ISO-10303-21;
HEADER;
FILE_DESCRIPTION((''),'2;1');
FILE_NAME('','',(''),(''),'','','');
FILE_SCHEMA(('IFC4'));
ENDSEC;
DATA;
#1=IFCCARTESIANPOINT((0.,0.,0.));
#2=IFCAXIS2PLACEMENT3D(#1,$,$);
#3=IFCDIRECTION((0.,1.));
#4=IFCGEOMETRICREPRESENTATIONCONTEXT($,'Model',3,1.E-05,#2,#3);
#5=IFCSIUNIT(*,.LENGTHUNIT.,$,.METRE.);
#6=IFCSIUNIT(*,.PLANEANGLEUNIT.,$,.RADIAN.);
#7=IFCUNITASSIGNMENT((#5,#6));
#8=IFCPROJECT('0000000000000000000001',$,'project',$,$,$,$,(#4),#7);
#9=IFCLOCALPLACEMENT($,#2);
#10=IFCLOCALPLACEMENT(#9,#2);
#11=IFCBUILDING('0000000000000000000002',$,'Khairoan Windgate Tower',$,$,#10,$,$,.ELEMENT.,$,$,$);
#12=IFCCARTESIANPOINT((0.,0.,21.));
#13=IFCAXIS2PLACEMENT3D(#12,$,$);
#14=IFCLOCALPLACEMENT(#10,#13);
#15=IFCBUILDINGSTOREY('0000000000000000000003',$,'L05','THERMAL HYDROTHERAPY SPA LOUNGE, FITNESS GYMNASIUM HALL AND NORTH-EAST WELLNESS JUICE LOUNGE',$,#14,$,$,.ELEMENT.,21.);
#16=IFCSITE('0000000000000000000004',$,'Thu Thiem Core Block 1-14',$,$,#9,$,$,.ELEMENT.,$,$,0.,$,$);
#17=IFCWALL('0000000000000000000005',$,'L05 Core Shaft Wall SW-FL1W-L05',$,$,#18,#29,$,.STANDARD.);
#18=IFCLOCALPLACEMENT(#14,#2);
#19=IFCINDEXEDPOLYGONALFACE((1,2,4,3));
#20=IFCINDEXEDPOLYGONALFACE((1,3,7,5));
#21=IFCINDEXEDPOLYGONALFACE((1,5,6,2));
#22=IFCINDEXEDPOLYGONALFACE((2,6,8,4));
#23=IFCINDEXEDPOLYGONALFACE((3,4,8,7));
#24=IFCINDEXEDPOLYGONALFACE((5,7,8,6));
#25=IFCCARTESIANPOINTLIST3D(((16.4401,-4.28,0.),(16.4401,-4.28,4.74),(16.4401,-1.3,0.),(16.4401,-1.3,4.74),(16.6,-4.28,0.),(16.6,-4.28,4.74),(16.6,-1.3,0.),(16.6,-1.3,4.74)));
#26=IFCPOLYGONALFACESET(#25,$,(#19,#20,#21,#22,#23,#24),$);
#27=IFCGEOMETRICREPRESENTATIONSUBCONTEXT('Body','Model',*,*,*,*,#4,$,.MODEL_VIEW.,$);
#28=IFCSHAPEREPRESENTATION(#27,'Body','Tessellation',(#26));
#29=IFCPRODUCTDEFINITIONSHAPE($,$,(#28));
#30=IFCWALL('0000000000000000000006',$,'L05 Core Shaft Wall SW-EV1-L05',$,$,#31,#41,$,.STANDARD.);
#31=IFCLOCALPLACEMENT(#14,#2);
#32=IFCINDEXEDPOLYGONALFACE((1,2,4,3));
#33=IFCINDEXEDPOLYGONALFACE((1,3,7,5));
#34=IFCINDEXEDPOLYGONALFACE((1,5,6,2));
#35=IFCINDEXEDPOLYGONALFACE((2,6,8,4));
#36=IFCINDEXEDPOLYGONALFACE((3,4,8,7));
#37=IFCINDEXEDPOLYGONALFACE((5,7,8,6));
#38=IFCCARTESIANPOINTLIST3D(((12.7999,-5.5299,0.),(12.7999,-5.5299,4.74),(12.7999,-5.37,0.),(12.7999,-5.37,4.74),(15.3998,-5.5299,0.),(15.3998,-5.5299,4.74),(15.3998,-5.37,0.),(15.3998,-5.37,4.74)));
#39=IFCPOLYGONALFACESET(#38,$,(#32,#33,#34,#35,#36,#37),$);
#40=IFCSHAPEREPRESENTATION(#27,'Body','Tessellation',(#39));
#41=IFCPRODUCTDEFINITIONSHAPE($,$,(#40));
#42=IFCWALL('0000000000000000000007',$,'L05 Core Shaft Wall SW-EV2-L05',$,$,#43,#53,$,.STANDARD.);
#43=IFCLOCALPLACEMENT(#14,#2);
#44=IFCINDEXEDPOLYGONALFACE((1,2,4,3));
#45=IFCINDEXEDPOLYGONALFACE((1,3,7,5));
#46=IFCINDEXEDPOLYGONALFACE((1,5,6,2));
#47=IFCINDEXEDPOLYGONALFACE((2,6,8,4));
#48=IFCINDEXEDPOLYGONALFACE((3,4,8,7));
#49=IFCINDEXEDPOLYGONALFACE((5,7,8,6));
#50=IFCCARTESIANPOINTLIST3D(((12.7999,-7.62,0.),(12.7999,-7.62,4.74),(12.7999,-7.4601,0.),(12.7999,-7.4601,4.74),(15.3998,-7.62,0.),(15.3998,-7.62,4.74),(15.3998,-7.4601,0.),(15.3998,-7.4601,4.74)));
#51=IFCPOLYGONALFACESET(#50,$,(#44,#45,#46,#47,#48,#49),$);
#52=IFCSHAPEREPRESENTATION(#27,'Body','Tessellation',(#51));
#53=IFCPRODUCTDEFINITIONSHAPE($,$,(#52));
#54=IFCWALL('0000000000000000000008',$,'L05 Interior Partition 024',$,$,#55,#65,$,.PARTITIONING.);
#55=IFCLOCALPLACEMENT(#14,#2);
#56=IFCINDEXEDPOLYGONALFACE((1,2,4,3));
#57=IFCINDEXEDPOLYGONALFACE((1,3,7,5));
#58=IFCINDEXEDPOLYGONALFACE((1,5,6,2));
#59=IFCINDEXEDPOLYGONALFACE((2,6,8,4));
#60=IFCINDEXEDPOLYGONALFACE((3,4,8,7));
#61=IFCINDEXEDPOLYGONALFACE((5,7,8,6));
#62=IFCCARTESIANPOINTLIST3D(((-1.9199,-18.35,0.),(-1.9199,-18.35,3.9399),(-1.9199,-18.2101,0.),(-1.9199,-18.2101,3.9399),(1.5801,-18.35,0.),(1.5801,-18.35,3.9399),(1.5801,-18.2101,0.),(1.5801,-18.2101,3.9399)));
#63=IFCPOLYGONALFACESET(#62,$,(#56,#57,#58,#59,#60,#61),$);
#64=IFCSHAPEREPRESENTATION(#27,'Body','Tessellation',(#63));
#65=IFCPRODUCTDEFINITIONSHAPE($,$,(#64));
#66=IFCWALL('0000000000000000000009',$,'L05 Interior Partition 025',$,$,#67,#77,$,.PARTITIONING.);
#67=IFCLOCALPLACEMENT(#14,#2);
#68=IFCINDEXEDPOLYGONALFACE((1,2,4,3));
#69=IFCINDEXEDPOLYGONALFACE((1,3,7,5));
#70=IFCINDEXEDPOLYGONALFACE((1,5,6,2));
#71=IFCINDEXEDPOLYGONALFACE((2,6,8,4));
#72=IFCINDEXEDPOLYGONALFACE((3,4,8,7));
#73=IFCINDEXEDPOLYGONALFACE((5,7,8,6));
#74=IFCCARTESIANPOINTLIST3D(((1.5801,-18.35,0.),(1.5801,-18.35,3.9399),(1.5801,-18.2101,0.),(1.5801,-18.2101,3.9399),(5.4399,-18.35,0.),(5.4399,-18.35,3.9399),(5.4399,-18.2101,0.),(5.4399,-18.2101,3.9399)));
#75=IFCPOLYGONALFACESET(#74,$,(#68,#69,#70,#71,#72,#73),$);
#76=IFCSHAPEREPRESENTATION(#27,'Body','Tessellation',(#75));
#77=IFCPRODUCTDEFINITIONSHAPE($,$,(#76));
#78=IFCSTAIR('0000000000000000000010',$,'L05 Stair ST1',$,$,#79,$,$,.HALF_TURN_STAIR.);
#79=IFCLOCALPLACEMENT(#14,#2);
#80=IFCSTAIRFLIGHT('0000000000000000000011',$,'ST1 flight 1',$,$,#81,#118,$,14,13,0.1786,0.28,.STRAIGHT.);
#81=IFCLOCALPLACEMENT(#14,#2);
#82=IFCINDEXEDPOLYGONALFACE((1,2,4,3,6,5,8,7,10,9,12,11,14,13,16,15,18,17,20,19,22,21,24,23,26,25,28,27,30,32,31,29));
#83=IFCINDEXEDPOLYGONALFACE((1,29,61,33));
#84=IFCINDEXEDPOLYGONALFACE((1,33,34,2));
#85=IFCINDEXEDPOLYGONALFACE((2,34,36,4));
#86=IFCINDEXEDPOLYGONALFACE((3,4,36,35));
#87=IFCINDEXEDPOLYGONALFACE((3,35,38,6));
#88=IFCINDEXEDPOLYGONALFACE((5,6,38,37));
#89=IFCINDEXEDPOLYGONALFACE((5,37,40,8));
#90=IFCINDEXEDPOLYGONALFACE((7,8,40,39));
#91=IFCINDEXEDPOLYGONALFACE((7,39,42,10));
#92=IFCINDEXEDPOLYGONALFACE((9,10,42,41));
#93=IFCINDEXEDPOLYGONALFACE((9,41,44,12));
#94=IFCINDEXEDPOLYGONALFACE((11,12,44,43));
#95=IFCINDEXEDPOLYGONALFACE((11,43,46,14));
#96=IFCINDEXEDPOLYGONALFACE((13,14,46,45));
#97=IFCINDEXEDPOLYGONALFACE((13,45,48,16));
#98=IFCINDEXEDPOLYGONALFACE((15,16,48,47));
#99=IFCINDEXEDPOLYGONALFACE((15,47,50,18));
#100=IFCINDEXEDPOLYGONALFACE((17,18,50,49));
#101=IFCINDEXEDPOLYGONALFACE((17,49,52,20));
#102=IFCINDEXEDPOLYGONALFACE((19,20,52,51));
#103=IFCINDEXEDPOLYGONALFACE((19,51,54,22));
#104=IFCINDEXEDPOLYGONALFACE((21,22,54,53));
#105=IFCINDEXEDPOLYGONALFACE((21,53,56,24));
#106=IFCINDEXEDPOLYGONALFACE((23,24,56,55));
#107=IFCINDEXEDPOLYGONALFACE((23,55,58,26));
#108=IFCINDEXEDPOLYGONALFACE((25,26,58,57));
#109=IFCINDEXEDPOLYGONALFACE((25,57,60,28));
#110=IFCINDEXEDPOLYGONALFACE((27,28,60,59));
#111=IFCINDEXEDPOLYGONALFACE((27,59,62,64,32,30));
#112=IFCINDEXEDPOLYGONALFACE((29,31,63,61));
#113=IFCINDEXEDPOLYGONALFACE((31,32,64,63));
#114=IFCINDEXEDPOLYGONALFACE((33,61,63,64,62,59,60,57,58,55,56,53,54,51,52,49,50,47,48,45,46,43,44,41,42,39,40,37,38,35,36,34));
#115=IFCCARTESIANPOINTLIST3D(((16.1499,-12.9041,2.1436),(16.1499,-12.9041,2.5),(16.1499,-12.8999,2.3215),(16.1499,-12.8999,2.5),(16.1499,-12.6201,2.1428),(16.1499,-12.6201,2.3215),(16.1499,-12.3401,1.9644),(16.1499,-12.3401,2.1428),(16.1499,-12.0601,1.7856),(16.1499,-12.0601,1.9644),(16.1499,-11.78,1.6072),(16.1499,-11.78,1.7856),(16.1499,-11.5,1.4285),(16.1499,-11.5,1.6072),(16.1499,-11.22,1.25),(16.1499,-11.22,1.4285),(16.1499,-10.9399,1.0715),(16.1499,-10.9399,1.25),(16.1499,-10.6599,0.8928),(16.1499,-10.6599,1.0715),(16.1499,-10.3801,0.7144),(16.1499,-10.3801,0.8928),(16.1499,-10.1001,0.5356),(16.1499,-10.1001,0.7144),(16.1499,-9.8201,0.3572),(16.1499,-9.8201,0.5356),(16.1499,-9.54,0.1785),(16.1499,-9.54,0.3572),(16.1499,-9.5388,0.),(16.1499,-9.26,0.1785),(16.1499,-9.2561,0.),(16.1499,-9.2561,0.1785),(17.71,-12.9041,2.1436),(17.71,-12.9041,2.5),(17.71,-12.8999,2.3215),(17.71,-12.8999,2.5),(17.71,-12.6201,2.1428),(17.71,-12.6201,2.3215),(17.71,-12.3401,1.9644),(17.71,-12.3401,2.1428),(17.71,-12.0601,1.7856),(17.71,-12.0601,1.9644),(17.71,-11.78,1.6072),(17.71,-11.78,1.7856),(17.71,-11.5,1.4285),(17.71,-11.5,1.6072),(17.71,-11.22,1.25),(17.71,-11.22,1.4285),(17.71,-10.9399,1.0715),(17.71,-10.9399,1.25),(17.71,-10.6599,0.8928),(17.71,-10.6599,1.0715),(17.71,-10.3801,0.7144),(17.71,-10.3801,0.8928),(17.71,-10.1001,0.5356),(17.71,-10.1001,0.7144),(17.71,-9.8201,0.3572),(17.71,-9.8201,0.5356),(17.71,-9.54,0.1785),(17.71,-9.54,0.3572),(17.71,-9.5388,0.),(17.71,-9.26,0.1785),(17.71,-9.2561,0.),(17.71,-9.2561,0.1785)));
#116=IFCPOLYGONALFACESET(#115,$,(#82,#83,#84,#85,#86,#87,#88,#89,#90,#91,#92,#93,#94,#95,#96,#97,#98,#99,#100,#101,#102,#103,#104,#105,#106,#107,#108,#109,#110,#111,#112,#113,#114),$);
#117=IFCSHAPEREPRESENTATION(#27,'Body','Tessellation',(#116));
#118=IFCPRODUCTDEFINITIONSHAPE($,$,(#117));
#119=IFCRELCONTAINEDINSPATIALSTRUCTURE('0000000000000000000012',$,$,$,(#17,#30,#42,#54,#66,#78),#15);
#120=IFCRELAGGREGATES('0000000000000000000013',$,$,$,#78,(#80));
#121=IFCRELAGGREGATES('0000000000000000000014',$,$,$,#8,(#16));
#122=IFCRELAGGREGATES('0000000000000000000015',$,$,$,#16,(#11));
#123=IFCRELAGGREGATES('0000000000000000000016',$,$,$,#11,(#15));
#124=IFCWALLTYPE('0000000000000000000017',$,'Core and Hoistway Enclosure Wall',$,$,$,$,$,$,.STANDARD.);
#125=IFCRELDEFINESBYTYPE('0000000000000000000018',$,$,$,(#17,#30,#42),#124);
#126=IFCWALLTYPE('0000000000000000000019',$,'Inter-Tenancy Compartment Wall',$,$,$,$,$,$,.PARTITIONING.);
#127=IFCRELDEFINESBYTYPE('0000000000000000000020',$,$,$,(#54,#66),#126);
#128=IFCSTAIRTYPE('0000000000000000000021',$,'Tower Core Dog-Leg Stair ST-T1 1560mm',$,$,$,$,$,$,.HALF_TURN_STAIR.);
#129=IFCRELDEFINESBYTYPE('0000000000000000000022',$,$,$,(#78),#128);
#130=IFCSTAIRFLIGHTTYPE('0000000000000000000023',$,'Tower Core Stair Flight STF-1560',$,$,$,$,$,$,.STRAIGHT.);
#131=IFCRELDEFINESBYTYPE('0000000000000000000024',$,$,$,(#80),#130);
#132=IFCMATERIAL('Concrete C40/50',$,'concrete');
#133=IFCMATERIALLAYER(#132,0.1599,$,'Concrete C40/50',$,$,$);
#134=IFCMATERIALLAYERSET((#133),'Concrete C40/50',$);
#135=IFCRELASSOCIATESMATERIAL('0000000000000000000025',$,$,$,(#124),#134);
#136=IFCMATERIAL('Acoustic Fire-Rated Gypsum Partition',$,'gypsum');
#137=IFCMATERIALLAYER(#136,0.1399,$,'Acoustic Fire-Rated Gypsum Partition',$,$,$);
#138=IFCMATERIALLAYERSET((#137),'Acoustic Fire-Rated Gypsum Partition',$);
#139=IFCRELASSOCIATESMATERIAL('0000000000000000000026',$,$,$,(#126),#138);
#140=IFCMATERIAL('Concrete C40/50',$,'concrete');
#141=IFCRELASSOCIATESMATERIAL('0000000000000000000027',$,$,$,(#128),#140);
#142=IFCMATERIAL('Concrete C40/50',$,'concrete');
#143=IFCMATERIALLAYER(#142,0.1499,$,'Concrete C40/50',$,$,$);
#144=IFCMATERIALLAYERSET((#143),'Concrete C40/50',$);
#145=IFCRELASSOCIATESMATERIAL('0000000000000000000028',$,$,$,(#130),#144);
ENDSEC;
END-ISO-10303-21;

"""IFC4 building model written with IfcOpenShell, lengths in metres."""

from ifc_helpers import new_model, si_unit, direction, frame, frame_2d, origin, place, context, subcontext, project, spatial, polyline, rectangle, outline, extrude, material, layer, layer_set, type_object, element, aggregate, save


model = new_model("IFC4")

# Units and contexts
model_context = context("Model", 3, precision=1e-05, world=origin(), true_north=direction((0.0, 1.0)))
body_context = subcontext(model_context, "Body", "Model", "MODEL_VIEW")
ifc_project = project(units=[si_unit("LENGTHUNIT", "METRE"), si_unit("PLANEANGLEUNIT", "RADIAN")], contexts=[model_context])

# Site, building, storey
site_placement = place(None, origin())
site = spatial("IfcSite", under=ifc_project, at=site_placement, Name="Thu Thiem Core Block 1-14", CompositionType="ELEMENT", RefElevation=0.0)
building_placement = place(site_placement, origin())
building = spatial("IfcBuilding", under=site, at=building_placement, Name="Khairoan Windgate Tower", CompositionType="ELEMENT")
storey_placement = place(building_placement, frame((0.0, 0.0, 21.0)))
storey = spatial("IfcBuildingStorey", under=building, at=storey_placement, Name="L05", Description="THERMAL HYDROTHERAPY SPA LOUNGE, FITNESS GYMNASIUM HALL AND NORTH-EAST WELLNESS JUICE LOUNGE", CompositionType="ELEMENT", Elevation=21.0)

# Shared definitions
ifc_material_1 = material(Name="Concrete C40/50", Category="concrete")
ifc_layer_1 = layer(ifc_material_1, 0.1599, Name="Concrete C40/50")
ifc_layer_set_1 = layer_set([ifc_layer_1], Name="Concrete C40/50")
wall_type_1 = type_object("IfcWallType", Name="Core and Hoistway Enclosure Wall", PredefinedType="STANDARD", material=ifc_layer_set_1)

# Walls
wall_1_placement = place(storey_placement, frame((16.52, -4.28, 0.0), z_axis=(0.0, 0.0, 1.0), x_axis=(0.0, 1.0, 0.0)))
element("IfcWall", 1, at=wall_1_placement, inside=storey, type_object=wall_type_1, Name="L05 Core Shaft Wall SW-FL1W-L05", PredefinedType="STANDARD", context=body_context, shape_type="SweptSolid", body=[
    extrude(rectangle(XDim=2.98, YDim=0.1599, at=frame_2d((1.49, 0.0))), origin(), (0.0, 0.0, 1.0), 4.74),
])
for number, where, z_axis, x_axis, name in (
    (2, (12.8, -5.45, 0.0), (0.0, 0.0, 1.0), (1.0, 0.0, 0.0), "L05 Core Shaft Wall SW-EV1-L05"),
    (3, (12.8, -7.54, 0.0), (0.0, 0.0, 1.0), (1.0, 0.0, 0.0), "L05 Core Shaft Wall SW-EV2-L05"),
):
    element("IfcWall", number, at=place(storey_placement, frame(where, z_axis=z_axis, x_axis=x_axis)), inside=storey, type_object=wall_type_1, Name=name, PredefinedType="STANDARD", context=body_context, shape_type="SweptSolid", body=[
        extrude(rectangle(XDim=2.5999, YDim=0.1599, at=frame_2d((1.2998, 0.0))), origin(), (0.0, 0.0, 1.0), 4.74),
    ])
ifc_material_2 = material(Name="Acoustic Fire-Rated Gypsum Partition", Category="gypsum")
ifc_layer_2 = layer(ifc_material_2, 0.1399, Name="Acoustic Fire-Rated Gypsum Partition")
ifc_layer_set_2 = layer_set([ifc_layer_2], Name="Acoustic Fire-Rated Gypsum Partition")
wall_type_2 = type_object("IfcWallType", Name="Inter-Tenancy Compartment Wall", PredefinedType="PARTITIONING", material=ifc_layer_set_2)
wall_2_placement = place(storey_placement, frame((-1.9199, -18.28, 0.0), z_axis=(0.0, 0.0, 1.0), x_axis=(1.0, 0.0, 0.0)))
element("IfcWall", 4, at=wall_2_placement, inside=storey, type_object=wall_type_2, Name="L05 Interior Partition 024", PredefinedType="PARTITIONING", context=body_context, shape_type="SweptSolid", body=[
    extrude(rectangle(XDim=3.5, YDim=0.1399, at=frame_2d((1.75, 0.0))), origin(), (0.0, 0.0, 1.0), 3.9399),
])
wall_3_placement = place(storey_placement, frame((1.5801, -18.28, 0.0), z_axis=(0.0, 0.0, 1.0), x_axis=(1.0, 0.0, 0.0)))
element("IfcWall", 5, at=wall_3_placement, inside=storey, type_object=wall_type_2, Name="L05 Interior Partition 025", PredefinedType="PARTITIONING", context=body_context, shape_type="SweptSolid", body=[
    extrude(rectangle(XDim=3.8599, YDim=0.1399, at=frame_2d((1.9299, 0.0))), origin(), (0.0, 0.0, 1.0), 3.9399),
])

# Stair, stair flight
ifc_material_3 = material(Name="Concrete C40/50", Category="concrete")
stair_type = type_object("IfcStairType", Name="Tower Core Dog-Leg Stair ST-T1 1560mm", PredefinedType="HALF_TURN_STAIR", material=ifc_material_3)
stair_placement = place(storey_placement, origin())
stair = element("IfcStair", 6, at=stair_placement, inside=storey, type_object=stair_type, Name="L05 Stair ST1", PredefinedType="HALF_TURN_STAIR")
ifc_material_4 = material(Name="Concrete C40/50", Category="concrete")
ifc_layer_3 = layer(ifc_material_4, 0.1499, Name="Concrete C40/50")
ifc_layer_set_3 = layer_set([ifc_layer_3], Name="Concrete C40/50")
stair_flight_type = type_object("IfcStairFlightType", Name="Tower Core Stair Flight STF-1560", PredefinedType="STRAIGHT", material=ifc_layer_set_3)
stair_flight_placement = place(storey_placement, frame((16.9299, -9.26, 0.0), z_axis=(0.0, 0.0, 1.0), x_axis=(0.0, -1.0, 0.0)))
stair_flight = element("IfcStairFlight", 7, at=stair_flight_placement, type_object=stair_flight_type, Name="ST1 flight 1", NumberOfRisers=14, NumberOfTreads=13, PredefinedType="STRAIGHT", RiserHeight=0.1786, TreadLength=0.28, context=body_context, shape_type="SweptSolid", body=[
    extrude(outline(polyline([(-0.0039, 0.0), (-0.0039, 0.1785), (0.0, 0.1785), (0.28, 0.1785), (0.28, 0.3572), (0.5601, 0.3572), (0.5601, 0.5356), (0.8401, 0.5356), (0.8401, 0.7144), (1.1201, 0.7144), (1.1201, 0.8928), (1.3999, 0.8928), (1.3999, 1.0715), (1.6799, 1.0715), (1.6799, 1.25), (1.96, 1.25), (1.96, 1.4285), (2.24, 1.4285), (2.24, 1.6072), (2.52, 1.6072), (2.52, 1.7856), (2.8, 1.7856), (2.8, 1.9644), (3.0801, 1.9644), (3.0801, 2.1428), (3.3601, 2.1428), (3.3601, 2.3215), (3.6399, 2.3215), (3.6399, 2.5), (3.644, 2.5), (3.644, 2.1436), (0.2788, 0.0), (-0.0039, 0.0)])), frame((0.0, 0.78, 0.0), z_axis=(0.0, -1.0, 0.0), x_axis=(1.0, 0.0, 0.0)), (0.0, 0.0, 1.0), 1.5601),
])
aggregate(stair, [stair_flight])

save(model, "model.ifc")
